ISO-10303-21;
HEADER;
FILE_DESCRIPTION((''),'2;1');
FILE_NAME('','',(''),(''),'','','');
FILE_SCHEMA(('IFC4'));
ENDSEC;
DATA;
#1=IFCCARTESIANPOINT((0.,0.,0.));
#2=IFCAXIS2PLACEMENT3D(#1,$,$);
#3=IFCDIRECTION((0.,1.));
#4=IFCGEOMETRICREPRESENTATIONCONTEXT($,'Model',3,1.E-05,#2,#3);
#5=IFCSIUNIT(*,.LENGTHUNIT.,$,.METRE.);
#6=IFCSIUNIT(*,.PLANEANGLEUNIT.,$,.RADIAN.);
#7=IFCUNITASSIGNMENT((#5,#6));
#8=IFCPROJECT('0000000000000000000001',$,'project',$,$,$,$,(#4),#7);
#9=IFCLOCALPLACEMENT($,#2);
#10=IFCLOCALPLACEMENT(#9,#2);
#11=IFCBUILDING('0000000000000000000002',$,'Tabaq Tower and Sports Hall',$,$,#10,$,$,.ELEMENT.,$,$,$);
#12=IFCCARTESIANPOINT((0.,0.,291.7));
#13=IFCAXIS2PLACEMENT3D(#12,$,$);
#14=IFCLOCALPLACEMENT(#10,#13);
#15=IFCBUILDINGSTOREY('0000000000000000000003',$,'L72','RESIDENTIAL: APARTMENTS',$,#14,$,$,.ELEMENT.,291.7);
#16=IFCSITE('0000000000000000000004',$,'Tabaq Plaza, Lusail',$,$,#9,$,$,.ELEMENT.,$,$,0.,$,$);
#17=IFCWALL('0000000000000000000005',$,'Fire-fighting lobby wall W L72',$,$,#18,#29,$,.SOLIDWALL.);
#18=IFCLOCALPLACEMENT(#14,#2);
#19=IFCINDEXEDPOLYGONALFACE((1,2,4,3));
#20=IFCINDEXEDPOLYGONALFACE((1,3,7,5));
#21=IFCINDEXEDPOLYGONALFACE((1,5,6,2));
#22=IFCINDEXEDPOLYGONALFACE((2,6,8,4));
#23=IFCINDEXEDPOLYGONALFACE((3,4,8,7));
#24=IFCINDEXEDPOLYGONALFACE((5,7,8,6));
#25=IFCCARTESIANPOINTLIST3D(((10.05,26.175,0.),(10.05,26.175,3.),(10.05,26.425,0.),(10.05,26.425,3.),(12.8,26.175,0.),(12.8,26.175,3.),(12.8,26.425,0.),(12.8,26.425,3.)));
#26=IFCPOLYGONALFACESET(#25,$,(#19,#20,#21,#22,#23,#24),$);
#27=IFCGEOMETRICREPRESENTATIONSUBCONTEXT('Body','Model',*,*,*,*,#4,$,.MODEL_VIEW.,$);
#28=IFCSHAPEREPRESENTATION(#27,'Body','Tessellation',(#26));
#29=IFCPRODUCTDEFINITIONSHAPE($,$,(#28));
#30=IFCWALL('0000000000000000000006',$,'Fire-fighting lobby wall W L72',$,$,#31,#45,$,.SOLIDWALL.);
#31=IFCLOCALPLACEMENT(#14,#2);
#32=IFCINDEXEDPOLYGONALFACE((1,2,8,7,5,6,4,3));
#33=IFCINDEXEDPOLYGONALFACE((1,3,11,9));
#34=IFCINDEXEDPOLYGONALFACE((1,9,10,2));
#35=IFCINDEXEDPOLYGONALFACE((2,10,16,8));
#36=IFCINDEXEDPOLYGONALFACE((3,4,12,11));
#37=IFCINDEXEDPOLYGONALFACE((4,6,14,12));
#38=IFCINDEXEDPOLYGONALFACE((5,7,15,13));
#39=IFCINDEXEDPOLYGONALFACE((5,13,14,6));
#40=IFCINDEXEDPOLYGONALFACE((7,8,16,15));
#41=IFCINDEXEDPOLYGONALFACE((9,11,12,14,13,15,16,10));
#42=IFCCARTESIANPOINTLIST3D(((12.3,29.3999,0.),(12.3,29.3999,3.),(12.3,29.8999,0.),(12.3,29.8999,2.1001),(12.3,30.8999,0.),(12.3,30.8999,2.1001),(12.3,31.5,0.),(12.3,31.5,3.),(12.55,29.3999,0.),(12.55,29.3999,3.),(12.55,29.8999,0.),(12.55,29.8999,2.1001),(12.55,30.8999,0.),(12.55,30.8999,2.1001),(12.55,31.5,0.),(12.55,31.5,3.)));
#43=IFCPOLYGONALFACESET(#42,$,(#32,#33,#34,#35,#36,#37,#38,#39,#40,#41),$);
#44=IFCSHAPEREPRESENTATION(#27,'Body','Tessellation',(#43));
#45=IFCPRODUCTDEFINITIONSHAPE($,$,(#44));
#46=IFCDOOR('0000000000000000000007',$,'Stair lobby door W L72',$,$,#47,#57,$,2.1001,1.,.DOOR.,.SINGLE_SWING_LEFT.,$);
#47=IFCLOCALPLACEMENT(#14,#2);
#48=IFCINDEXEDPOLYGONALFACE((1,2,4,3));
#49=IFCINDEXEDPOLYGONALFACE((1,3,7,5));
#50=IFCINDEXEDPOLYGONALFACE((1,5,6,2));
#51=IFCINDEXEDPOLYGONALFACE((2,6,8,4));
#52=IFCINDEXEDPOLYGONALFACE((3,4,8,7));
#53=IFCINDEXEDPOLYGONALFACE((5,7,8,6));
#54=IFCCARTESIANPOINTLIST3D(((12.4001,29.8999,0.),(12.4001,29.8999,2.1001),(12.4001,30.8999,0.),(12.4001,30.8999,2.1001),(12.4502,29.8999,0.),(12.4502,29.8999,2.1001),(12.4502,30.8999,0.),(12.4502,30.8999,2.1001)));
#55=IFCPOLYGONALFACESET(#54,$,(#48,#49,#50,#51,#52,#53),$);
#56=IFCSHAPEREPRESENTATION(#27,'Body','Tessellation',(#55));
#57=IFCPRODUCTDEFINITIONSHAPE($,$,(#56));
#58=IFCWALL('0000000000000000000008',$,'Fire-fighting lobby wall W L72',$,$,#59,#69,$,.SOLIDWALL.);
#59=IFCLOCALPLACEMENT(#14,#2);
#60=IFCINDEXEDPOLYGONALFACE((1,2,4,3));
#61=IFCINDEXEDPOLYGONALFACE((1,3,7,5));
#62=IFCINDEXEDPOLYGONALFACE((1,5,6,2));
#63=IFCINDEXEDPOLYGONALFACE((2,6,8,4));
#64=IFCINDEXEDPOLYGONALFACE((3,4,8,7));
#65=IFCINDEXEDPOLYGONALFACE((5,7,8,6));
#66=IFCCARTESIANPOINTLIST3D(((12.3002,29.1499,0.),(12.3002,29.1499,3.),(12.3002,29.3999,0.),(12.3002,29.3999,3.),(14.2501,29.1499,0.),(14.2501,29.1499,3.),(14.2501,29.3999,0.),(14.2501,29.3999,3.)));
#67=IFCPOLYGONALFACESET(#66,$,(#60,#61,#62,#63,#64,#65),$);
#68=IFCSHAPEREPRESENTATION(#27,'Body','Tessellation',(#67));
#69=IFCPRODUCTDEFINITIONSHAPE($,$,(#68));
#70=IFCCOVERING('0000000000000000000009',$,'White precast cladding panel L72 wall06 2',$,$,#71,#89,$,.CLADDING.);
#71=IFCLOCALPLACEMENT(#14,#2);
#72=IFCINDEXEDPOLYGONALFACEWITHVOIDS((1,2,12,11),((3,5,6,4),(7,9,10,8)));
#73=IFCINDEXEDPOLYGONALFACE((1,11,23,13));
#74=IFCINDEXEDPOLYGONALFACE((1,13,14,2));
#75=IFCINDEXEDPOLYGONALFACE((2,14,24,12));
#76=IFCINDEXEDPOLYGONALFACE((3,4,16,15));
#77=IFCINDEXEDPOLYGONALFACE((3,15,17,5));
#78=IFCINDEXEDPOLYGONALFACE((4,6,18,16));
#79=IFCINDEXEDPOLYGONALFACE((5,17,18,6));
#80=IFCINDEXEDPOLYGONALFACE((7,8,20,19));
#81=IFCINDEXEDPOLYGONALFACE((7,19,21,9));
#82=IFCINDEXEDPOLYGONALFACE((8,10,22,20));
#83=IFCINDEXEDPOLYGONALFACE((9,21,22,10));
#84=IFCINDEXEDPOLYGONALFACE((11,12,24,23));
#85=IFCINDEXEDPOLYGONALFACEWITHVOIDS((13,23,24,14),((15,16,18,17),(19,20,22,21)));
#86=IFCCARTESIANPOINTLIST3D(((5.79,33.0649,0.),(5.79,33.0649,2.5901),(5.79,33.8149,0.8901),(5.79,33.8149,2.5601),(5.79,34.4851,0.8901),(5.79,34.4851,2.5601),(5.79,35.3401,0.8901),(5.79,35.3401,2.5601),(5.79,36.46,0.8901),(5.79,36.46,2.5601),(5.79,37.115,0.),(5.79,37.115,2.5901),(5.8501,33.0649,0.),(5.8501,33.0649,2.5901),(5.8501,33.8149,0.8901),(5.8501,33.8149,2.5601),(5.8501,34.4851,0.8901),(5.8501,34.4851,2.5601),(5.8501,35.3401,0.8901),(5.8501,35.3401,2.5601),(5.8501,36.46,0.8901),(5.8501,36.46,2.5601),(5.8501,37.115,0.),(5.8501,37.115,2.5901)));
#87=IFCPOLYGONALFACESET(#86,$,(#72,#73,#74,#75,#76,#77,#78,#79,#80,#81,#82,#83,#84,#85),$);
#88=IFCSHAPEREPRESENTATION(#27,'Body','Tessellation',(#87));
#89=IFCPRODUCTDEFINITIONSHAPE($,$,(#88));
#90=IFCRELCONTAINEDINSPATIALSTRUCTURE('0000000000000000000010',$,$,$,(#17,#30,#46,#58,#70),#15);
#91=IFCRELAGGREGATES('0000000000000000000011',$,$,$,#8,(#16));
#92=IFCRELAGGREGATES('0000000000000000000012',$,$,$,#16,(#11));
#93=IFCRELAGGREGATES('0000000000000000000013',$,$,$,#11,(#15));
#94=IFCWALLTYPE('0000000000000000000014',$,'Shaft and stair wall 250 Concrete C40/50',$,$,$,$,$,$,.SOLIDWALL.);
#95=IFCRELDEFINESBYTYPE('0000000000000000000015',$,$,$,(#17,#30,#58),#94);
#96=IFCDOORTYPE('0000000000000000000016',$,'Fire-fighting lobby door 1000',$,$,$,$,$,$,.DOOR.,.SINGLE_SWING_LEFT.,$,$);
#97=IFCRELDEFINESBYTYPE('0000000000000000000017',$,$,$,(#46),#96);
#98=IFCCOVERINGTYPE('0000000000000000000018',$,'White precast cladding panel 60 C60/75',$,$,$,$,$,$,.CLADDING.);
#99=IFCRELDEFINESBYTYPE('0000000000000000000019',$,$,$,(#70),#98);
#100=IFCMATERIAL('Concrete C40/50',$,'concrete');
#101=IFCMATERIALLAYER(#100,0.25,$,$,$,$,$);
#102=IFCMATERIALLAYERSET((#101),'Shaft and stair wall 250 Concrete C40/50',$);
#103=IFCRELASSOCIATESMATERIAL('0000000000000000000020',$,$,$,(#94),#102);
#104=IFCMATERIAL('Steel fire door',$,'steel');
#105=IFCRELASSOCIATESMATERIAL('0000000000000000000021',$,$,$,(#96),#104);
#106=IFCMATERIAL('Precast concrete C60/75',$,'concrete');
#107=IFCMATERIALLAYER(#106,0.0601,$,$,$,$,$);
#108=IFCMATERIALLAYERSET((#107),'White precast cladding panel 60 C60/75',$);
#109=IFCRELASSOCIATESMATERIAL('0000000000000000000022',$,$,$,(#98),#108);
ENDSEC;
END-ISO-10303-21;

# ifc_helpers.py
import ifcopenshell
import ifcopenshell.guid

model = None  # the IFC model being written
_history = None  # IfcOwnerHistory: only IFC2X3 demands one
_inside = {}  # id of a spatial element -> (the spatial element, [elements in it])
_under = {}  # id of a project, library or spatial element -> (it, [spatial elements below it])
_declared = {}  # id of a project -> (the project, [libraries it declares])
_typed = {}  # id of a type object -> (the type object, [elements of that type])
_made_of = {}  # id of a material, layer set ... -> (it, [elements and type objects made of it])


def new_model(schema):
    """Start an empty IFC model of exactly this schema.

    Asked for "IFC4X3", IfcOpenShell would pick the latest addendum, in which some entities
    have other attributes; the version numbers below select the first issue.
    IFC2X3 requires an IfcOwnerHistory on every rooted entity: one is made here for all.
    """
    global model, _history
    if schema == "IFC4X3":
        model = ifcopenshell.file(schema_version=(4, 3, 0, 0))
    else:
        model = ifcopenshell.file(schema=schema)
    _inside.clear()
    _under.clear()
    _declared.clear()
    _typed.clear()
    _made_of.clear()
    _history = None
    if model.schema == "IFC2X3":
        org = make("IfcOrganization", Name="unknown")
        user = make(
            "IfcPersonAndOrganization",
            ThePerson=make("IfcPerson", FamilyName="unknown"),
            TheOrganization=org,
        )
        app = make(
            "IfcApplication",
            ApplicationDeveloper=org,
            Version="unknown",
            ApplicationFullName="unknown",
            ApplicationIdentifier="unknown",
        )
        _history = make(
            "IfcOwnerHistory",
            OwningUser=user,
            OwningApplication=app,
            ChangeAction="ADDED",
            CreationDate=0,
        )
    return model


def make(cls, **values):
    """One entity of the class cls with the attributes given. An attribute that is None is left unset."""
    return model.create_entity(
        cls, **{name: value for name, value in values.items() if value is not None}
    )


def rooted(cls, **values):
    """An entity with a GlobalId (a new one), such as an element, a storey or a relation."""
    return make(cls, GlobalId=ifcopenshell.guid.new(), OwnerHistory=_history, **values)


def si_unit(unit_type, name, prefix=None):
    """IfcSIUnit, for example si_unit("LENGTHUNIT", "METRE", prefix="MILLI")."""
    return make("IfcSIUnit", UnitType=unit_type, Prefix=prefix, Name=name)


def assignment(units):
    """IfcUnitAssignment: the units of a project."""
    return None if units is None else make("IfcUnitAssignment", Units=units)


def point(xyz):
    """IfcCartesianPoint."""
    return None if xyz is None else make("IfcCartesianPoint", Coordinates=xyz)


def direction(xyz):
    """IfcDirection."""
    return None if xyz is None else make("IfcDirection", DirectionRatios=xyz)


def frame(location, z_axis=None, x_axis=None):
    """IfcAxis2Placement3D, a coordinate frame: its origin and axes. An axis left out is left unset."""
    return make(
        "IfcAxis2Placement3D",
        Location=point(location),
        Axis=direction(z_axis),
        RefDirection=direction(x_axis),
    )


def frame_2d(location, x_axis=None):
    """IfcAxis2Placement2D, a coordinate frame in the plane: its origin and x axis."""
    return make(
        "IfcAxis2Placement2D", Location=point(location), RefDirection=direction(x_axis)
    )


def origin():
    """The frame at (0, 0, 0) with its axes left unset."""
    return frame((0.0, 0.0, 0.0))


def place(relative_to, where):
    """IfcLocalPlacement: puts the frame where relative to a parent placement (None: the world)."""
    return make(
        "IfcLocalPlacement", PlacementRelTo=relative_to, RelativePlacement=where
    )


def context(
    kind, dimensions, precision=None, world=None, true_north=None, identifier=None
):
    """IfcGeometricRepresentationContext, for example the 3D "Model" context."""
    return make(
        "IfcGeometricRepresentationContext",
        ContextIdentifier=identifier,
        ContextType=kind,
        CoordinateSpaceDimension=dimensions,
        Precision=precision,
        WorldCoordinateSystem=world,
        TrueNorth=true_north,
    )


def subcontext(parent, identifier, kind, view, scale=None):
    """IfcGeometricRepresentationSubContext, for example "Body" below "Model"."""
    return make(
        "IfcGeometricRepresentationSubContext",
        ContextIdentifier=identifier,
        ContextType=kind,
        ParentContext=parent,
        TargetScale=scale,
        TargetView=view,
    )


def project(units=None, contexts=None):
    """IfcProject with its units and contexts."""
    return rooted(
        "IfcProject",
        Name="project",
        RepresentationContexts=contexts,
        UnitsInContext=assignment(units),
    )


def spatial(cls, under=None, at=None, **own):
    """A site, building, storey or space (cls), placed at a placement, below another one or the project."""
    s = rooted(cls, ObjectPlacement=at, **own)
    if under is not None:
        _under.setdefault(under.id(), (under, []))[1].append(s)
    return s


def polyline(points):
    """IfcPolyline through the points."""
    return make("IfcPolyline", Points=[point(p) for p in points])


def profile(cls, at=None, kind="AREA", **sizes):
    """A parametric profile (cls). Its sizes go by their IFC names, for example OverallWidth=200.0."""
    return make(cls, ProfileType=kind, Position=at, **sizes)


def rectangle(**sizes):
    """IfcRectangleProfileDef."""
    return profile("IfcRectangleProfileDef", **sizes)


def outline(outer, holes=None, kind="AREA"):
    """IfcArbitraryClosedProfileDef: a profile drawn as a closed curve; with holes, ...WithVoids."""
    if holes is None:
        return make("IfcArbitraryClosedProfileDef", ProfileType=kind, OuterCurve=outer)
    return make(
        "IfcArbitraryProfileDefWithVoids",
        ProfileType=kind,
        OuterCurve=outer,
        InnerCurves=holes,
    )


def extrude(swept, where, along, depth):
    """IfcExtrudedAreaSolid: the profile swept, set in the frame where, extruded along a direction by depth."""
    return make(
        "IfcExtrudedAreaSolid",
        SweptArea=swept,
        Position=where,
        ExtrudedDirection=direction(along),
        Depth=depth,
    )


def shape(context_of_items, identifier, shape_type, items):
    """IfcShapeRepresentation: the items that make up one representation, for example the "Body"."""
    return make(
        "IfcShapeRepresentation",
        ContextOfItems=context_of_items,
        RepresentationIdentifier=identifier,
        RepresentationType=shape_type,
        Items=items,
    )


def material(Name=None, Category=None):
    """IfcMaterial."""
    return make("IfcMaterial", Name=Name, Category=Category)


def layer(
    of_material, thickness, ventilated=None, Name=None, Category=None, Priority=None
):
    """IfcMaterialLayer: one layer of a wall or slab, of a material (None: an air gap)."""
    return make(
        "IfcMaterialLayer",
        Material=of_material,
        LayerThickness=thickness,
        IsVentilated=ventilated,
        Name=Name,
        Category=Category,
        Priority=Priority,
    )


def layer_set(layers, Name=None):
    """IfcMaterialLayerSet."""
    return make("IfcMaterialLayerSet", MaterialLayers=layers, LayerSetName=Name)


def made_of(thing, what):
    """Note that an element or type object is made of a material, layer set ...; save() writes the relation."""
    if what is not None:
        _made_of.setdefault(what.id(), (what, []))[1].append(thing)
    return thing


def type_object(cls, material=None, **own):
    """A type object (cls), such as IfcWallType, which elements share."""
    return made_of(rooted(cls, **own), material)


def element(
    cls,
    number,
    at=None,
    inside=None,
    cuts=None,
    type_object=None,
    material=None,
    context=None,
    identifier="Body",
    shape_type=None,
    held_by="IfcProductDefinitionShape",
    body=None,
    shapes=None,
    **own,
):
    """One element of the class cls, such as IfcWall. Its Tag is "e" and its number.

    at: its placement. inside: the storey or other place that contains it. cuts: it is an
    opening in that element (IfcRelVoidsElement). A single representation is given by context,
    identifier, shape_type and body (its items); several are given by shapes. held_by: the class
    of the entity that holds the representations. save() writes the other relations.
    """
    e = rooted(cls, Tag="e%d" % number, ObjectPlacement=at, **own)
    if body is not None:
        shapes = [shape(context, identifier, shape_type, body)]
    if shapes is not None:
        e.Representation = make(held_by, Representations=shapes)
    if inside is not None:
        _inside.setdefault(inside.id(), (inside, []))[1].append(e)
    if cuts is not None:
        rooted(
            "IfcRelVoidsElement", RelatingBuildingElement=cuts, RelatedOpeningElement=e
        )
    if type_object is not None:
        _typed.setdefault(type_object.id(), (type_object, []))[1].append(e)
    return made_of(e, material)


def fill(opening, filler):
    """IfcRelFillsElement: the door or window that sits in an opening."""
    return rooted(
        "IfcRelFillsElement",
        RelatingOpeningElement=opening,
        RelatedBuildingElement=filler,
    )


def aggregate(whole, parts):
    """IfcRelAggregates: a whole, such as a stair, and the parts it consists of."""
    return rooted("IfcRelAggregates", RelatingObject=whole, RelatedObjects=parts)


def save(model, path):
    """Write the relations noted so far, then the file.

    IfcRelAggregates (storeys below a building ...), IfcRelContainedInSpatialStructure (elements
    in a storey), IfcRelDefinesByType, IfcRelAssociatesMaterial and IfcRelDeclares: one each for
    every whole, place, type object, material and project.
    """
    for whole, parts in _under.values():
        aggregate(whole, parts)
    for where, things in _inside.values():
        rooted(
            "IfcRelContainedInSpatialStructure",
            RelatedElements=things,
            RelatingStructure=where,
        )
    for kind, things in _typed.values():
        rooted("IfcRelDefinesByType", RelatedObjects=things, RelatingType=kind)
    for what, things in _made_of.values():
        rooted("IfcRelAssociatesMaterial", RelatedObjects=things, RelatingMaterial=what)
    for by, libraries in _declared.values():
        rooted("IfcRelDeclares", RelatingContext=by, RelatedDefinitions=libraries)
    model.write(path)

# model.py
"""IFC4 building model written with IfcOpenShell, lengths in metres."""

from ifc_helpers import new_model, si_unit, direction, frame, frame_2d, origin, place, context, subcontext, project, spatial, polyline, rectangle, outline, extrude, material, layer, layer_set, type_object, element, fill, save


model = new_model("IFC4")

# Units and contexts
model_context = context("Model", 3, precision=1e-05, world=origin(), true_north=direction((0.0, 1.0)))
body_context = subcontext(model_context, "Body", "Model", "MODEL_VIEW")
ifc_project = project(units=[si_unit("LENGTHUNIT", "METRE"), si_unit("PLANEANGLEUNIT", "RADIAN")], contexts=[model_context])

# Site, building, storey
site_placement = place(None, origin())
site = spatial("IfcSite", under=ifc_project, at=site_placement, Name="Tabaq Plaza, Lusail", CompositionType="ELEMENT", RefElevation=0.0)
building_placement = place(site_placement, origin())
building = spatial("IfcBuilding", under=site, at=building_placement, Name="Tabaq Tower and Sports Hall", CompositionType="ELEMENT")
storey_placement = place(building_placement, frame((0.0, 0.0, 291.7)))
storey = spatial("IfcBuildingStorey", under=building, at=storey_placement, Name="L72", Description="RESIDENTIAL: APARTMENTS", CompositionType="ELEMENT", Elevation=291.7)

# Wall
ifc_material_1 = material(Name="Concrete C40/50", Category="concrete")
ifc_layer_1 = layer(ifc_material_1, 0.25)
ifc_layer_set_1 = layer_set([ifc_layer_1], Name="Shaft and stair wall 250 Concrete C40/50")
wall_type_1 = type_object("IfcWallType", Name="Shaft and stair wall 250 Concrete C40/50", PredefinedType="SOLIDWALL", material=ifc_layer_set_1)
wall_1_placement = place(storey_placement, frame((10.05, 26.3, 0.0), z_axis=(0.0, 0.0, 1.0), x_axis=(1.0, 0.0, 0.0)))
element("IfcWall", 1, at=wall_1_placement, inside=storey, type_object=wall_type_1, Name="Fire-fighting lobby wall W L72", PredefinedType="SOLIDWALL", context=body_context, shape_type="SweptSolid", body=[
    extrude(rectangle(XDim=2.75, YDim=0.25, at=frame_2d((1.375, 0.0))), origin(), (0.0, 0.0, 1.0), 3.0),
])

# Wall, opening, door
wall_2_placement = place(storey_placement, frame((12.425, 29.3999, 0.0), z_axis=(0.0, 0.0, 1.0), x_axis=(0.0, 1.0, 0.0)))
wall_2 = element("IfcWall", 2, at=wall_2_placement, inside=storey, type_object=wall_type_1, Name="Fire-fighting lobby wall W L72", PredefinedType="SOLIDWALL", context=body_context, shape_type="SweptSolid", body=[
    extrude(rectangle(XDim=2.1001, YDim=0.25, at=frame_2d((1.05, 0.0))), origin(), (0.0, 0.0, 1.0), 3.0),
])
opening_1_placement = place(wall_2_placement, frame((0.5, 0.0, 0.0)))
opening_1 = element("IfcOpeningElement", 3, at=opening_1_placement, cuts=wall_2, PredefinedType="OPENING", context=body_context, shape_type="SweptSolid", body=[
    extrude(rectangle(XDim=1.0, YDim=2.1001, at=frame_2d((0.5, 1.05))), frame((0.0, 0.125, 0.0), z_axis=(0.0, -1.0, 0.0), x_axis=(1.0, 0.0, 0.0)), (0.0, 0.0, 1.0), 0.25),
])
ifc_material_2 = material(Name="Steel fire door", Category="steel")
door_type_1 = type_object("IfcDoorType", Name="Fire-fighting lobby door 1000", OperationType="SINGLE_SWING_LEFT", PredefinedType="DOOR", material=ifc_material_2)
door_1_placement = place(opening_1_placement, origin())
door_1 = element("IfcDoor", 4, at=door_1_placement, inside=storey, type_object=door_type_1, Name="Stair lobby door W L72", OperationType="SINGLE_SWING_LEFT", OverallHeight=2.1001, OverallWidth=1.0, PredefinedType="DOOR", context=body_context, shape_type="SweptSolid", body=[
    extrude(rectangle(XDim=1.0, YDim=2.1001, at=frame_2d((0.5, 1.05))), frame((0.0, 0.0249, 0.0), z_axis=(0.0, -1.0, 0.0), x_axis=(1.0, 0.0, 0.0)), (0.0, 0.0, 1.0), 0.05),
])
fill(opening_1, door_1)

# Wall
wall_3_placement = place(storey_placement, frame((12.3, 29.2749, 0.0), z_axis=(0.0, 0.0, 1.0), x_axis=(1.0, 0.0, 0.0)))
element("IfcWall", 5, at=wall_3_placement, inside=storey, type_object=wall_type_1, Name="Fire-fighting lobby wall W L72", PredefinedType="SOLIDWALL", context=body_context, shape_type="SweptSolid", body=[
    extrude(rectangle(XDim=1.95, YDim=0.25, at=frame_2d((0.9751, 0.0))), origin(), (0.0, 0.0, 1.0), 3.0),
])

# Covering
ifc_material_3 = material(Name="Precast concrete C60/75", Category="concrete")
ifc_layer_2 = layer(ifc_material_3, 0.0601)
ifc_layer_set_2 = layer_set([ifc_layer_2], Name="White precast cladding panel 60 C60/75")
covering_type = type_object("IfcCoveringType", Name="White precast cladding panel 60 C60/75", PredefinedType="CLADDING", material=ifc_layer_set_2)
covering_placement = place(storey_placement, frame((5.8201, 37.115, 0.0), z_axis=(0.0, 0.0, 1.0), x_axis=(0.0, -1.0, 0.0)))
element("IfcCovering", 6, at=covering_placement, inside=storey, type_object=covering_type, Name="White precast cladding panel L72 wall06 2", PredefinedType="CLADDING", context=body_context, shape_type="SweptSolid", body=[
    extrude(outline(polyline([(0.0, 0.0), (4.05, 0.0), (4.05, 2.5901), (0.0, 2.5901), (0.0, 0.0)]), holes=[polyline([(0.655, 0.8901), (0.655, 2.5601), (1.7749, 2.5601), (1.7749, 0.8901), (0.655, 0.8901)]), polyline([(2.6299, 0.8901), (2.6299, 2.5601), (3.3, 2.5601), (3.3, 0.8901), (2.6299, 0.8901)])]), frame((0.0, 0.03, 0.0), z_axis=(0.0, -1.0, 0.0), x_axis=(1.0, 0.0, 0.0)), (0.0, 0.0, 1.0), 0.0601),
])

save(model, "model.ifc")
